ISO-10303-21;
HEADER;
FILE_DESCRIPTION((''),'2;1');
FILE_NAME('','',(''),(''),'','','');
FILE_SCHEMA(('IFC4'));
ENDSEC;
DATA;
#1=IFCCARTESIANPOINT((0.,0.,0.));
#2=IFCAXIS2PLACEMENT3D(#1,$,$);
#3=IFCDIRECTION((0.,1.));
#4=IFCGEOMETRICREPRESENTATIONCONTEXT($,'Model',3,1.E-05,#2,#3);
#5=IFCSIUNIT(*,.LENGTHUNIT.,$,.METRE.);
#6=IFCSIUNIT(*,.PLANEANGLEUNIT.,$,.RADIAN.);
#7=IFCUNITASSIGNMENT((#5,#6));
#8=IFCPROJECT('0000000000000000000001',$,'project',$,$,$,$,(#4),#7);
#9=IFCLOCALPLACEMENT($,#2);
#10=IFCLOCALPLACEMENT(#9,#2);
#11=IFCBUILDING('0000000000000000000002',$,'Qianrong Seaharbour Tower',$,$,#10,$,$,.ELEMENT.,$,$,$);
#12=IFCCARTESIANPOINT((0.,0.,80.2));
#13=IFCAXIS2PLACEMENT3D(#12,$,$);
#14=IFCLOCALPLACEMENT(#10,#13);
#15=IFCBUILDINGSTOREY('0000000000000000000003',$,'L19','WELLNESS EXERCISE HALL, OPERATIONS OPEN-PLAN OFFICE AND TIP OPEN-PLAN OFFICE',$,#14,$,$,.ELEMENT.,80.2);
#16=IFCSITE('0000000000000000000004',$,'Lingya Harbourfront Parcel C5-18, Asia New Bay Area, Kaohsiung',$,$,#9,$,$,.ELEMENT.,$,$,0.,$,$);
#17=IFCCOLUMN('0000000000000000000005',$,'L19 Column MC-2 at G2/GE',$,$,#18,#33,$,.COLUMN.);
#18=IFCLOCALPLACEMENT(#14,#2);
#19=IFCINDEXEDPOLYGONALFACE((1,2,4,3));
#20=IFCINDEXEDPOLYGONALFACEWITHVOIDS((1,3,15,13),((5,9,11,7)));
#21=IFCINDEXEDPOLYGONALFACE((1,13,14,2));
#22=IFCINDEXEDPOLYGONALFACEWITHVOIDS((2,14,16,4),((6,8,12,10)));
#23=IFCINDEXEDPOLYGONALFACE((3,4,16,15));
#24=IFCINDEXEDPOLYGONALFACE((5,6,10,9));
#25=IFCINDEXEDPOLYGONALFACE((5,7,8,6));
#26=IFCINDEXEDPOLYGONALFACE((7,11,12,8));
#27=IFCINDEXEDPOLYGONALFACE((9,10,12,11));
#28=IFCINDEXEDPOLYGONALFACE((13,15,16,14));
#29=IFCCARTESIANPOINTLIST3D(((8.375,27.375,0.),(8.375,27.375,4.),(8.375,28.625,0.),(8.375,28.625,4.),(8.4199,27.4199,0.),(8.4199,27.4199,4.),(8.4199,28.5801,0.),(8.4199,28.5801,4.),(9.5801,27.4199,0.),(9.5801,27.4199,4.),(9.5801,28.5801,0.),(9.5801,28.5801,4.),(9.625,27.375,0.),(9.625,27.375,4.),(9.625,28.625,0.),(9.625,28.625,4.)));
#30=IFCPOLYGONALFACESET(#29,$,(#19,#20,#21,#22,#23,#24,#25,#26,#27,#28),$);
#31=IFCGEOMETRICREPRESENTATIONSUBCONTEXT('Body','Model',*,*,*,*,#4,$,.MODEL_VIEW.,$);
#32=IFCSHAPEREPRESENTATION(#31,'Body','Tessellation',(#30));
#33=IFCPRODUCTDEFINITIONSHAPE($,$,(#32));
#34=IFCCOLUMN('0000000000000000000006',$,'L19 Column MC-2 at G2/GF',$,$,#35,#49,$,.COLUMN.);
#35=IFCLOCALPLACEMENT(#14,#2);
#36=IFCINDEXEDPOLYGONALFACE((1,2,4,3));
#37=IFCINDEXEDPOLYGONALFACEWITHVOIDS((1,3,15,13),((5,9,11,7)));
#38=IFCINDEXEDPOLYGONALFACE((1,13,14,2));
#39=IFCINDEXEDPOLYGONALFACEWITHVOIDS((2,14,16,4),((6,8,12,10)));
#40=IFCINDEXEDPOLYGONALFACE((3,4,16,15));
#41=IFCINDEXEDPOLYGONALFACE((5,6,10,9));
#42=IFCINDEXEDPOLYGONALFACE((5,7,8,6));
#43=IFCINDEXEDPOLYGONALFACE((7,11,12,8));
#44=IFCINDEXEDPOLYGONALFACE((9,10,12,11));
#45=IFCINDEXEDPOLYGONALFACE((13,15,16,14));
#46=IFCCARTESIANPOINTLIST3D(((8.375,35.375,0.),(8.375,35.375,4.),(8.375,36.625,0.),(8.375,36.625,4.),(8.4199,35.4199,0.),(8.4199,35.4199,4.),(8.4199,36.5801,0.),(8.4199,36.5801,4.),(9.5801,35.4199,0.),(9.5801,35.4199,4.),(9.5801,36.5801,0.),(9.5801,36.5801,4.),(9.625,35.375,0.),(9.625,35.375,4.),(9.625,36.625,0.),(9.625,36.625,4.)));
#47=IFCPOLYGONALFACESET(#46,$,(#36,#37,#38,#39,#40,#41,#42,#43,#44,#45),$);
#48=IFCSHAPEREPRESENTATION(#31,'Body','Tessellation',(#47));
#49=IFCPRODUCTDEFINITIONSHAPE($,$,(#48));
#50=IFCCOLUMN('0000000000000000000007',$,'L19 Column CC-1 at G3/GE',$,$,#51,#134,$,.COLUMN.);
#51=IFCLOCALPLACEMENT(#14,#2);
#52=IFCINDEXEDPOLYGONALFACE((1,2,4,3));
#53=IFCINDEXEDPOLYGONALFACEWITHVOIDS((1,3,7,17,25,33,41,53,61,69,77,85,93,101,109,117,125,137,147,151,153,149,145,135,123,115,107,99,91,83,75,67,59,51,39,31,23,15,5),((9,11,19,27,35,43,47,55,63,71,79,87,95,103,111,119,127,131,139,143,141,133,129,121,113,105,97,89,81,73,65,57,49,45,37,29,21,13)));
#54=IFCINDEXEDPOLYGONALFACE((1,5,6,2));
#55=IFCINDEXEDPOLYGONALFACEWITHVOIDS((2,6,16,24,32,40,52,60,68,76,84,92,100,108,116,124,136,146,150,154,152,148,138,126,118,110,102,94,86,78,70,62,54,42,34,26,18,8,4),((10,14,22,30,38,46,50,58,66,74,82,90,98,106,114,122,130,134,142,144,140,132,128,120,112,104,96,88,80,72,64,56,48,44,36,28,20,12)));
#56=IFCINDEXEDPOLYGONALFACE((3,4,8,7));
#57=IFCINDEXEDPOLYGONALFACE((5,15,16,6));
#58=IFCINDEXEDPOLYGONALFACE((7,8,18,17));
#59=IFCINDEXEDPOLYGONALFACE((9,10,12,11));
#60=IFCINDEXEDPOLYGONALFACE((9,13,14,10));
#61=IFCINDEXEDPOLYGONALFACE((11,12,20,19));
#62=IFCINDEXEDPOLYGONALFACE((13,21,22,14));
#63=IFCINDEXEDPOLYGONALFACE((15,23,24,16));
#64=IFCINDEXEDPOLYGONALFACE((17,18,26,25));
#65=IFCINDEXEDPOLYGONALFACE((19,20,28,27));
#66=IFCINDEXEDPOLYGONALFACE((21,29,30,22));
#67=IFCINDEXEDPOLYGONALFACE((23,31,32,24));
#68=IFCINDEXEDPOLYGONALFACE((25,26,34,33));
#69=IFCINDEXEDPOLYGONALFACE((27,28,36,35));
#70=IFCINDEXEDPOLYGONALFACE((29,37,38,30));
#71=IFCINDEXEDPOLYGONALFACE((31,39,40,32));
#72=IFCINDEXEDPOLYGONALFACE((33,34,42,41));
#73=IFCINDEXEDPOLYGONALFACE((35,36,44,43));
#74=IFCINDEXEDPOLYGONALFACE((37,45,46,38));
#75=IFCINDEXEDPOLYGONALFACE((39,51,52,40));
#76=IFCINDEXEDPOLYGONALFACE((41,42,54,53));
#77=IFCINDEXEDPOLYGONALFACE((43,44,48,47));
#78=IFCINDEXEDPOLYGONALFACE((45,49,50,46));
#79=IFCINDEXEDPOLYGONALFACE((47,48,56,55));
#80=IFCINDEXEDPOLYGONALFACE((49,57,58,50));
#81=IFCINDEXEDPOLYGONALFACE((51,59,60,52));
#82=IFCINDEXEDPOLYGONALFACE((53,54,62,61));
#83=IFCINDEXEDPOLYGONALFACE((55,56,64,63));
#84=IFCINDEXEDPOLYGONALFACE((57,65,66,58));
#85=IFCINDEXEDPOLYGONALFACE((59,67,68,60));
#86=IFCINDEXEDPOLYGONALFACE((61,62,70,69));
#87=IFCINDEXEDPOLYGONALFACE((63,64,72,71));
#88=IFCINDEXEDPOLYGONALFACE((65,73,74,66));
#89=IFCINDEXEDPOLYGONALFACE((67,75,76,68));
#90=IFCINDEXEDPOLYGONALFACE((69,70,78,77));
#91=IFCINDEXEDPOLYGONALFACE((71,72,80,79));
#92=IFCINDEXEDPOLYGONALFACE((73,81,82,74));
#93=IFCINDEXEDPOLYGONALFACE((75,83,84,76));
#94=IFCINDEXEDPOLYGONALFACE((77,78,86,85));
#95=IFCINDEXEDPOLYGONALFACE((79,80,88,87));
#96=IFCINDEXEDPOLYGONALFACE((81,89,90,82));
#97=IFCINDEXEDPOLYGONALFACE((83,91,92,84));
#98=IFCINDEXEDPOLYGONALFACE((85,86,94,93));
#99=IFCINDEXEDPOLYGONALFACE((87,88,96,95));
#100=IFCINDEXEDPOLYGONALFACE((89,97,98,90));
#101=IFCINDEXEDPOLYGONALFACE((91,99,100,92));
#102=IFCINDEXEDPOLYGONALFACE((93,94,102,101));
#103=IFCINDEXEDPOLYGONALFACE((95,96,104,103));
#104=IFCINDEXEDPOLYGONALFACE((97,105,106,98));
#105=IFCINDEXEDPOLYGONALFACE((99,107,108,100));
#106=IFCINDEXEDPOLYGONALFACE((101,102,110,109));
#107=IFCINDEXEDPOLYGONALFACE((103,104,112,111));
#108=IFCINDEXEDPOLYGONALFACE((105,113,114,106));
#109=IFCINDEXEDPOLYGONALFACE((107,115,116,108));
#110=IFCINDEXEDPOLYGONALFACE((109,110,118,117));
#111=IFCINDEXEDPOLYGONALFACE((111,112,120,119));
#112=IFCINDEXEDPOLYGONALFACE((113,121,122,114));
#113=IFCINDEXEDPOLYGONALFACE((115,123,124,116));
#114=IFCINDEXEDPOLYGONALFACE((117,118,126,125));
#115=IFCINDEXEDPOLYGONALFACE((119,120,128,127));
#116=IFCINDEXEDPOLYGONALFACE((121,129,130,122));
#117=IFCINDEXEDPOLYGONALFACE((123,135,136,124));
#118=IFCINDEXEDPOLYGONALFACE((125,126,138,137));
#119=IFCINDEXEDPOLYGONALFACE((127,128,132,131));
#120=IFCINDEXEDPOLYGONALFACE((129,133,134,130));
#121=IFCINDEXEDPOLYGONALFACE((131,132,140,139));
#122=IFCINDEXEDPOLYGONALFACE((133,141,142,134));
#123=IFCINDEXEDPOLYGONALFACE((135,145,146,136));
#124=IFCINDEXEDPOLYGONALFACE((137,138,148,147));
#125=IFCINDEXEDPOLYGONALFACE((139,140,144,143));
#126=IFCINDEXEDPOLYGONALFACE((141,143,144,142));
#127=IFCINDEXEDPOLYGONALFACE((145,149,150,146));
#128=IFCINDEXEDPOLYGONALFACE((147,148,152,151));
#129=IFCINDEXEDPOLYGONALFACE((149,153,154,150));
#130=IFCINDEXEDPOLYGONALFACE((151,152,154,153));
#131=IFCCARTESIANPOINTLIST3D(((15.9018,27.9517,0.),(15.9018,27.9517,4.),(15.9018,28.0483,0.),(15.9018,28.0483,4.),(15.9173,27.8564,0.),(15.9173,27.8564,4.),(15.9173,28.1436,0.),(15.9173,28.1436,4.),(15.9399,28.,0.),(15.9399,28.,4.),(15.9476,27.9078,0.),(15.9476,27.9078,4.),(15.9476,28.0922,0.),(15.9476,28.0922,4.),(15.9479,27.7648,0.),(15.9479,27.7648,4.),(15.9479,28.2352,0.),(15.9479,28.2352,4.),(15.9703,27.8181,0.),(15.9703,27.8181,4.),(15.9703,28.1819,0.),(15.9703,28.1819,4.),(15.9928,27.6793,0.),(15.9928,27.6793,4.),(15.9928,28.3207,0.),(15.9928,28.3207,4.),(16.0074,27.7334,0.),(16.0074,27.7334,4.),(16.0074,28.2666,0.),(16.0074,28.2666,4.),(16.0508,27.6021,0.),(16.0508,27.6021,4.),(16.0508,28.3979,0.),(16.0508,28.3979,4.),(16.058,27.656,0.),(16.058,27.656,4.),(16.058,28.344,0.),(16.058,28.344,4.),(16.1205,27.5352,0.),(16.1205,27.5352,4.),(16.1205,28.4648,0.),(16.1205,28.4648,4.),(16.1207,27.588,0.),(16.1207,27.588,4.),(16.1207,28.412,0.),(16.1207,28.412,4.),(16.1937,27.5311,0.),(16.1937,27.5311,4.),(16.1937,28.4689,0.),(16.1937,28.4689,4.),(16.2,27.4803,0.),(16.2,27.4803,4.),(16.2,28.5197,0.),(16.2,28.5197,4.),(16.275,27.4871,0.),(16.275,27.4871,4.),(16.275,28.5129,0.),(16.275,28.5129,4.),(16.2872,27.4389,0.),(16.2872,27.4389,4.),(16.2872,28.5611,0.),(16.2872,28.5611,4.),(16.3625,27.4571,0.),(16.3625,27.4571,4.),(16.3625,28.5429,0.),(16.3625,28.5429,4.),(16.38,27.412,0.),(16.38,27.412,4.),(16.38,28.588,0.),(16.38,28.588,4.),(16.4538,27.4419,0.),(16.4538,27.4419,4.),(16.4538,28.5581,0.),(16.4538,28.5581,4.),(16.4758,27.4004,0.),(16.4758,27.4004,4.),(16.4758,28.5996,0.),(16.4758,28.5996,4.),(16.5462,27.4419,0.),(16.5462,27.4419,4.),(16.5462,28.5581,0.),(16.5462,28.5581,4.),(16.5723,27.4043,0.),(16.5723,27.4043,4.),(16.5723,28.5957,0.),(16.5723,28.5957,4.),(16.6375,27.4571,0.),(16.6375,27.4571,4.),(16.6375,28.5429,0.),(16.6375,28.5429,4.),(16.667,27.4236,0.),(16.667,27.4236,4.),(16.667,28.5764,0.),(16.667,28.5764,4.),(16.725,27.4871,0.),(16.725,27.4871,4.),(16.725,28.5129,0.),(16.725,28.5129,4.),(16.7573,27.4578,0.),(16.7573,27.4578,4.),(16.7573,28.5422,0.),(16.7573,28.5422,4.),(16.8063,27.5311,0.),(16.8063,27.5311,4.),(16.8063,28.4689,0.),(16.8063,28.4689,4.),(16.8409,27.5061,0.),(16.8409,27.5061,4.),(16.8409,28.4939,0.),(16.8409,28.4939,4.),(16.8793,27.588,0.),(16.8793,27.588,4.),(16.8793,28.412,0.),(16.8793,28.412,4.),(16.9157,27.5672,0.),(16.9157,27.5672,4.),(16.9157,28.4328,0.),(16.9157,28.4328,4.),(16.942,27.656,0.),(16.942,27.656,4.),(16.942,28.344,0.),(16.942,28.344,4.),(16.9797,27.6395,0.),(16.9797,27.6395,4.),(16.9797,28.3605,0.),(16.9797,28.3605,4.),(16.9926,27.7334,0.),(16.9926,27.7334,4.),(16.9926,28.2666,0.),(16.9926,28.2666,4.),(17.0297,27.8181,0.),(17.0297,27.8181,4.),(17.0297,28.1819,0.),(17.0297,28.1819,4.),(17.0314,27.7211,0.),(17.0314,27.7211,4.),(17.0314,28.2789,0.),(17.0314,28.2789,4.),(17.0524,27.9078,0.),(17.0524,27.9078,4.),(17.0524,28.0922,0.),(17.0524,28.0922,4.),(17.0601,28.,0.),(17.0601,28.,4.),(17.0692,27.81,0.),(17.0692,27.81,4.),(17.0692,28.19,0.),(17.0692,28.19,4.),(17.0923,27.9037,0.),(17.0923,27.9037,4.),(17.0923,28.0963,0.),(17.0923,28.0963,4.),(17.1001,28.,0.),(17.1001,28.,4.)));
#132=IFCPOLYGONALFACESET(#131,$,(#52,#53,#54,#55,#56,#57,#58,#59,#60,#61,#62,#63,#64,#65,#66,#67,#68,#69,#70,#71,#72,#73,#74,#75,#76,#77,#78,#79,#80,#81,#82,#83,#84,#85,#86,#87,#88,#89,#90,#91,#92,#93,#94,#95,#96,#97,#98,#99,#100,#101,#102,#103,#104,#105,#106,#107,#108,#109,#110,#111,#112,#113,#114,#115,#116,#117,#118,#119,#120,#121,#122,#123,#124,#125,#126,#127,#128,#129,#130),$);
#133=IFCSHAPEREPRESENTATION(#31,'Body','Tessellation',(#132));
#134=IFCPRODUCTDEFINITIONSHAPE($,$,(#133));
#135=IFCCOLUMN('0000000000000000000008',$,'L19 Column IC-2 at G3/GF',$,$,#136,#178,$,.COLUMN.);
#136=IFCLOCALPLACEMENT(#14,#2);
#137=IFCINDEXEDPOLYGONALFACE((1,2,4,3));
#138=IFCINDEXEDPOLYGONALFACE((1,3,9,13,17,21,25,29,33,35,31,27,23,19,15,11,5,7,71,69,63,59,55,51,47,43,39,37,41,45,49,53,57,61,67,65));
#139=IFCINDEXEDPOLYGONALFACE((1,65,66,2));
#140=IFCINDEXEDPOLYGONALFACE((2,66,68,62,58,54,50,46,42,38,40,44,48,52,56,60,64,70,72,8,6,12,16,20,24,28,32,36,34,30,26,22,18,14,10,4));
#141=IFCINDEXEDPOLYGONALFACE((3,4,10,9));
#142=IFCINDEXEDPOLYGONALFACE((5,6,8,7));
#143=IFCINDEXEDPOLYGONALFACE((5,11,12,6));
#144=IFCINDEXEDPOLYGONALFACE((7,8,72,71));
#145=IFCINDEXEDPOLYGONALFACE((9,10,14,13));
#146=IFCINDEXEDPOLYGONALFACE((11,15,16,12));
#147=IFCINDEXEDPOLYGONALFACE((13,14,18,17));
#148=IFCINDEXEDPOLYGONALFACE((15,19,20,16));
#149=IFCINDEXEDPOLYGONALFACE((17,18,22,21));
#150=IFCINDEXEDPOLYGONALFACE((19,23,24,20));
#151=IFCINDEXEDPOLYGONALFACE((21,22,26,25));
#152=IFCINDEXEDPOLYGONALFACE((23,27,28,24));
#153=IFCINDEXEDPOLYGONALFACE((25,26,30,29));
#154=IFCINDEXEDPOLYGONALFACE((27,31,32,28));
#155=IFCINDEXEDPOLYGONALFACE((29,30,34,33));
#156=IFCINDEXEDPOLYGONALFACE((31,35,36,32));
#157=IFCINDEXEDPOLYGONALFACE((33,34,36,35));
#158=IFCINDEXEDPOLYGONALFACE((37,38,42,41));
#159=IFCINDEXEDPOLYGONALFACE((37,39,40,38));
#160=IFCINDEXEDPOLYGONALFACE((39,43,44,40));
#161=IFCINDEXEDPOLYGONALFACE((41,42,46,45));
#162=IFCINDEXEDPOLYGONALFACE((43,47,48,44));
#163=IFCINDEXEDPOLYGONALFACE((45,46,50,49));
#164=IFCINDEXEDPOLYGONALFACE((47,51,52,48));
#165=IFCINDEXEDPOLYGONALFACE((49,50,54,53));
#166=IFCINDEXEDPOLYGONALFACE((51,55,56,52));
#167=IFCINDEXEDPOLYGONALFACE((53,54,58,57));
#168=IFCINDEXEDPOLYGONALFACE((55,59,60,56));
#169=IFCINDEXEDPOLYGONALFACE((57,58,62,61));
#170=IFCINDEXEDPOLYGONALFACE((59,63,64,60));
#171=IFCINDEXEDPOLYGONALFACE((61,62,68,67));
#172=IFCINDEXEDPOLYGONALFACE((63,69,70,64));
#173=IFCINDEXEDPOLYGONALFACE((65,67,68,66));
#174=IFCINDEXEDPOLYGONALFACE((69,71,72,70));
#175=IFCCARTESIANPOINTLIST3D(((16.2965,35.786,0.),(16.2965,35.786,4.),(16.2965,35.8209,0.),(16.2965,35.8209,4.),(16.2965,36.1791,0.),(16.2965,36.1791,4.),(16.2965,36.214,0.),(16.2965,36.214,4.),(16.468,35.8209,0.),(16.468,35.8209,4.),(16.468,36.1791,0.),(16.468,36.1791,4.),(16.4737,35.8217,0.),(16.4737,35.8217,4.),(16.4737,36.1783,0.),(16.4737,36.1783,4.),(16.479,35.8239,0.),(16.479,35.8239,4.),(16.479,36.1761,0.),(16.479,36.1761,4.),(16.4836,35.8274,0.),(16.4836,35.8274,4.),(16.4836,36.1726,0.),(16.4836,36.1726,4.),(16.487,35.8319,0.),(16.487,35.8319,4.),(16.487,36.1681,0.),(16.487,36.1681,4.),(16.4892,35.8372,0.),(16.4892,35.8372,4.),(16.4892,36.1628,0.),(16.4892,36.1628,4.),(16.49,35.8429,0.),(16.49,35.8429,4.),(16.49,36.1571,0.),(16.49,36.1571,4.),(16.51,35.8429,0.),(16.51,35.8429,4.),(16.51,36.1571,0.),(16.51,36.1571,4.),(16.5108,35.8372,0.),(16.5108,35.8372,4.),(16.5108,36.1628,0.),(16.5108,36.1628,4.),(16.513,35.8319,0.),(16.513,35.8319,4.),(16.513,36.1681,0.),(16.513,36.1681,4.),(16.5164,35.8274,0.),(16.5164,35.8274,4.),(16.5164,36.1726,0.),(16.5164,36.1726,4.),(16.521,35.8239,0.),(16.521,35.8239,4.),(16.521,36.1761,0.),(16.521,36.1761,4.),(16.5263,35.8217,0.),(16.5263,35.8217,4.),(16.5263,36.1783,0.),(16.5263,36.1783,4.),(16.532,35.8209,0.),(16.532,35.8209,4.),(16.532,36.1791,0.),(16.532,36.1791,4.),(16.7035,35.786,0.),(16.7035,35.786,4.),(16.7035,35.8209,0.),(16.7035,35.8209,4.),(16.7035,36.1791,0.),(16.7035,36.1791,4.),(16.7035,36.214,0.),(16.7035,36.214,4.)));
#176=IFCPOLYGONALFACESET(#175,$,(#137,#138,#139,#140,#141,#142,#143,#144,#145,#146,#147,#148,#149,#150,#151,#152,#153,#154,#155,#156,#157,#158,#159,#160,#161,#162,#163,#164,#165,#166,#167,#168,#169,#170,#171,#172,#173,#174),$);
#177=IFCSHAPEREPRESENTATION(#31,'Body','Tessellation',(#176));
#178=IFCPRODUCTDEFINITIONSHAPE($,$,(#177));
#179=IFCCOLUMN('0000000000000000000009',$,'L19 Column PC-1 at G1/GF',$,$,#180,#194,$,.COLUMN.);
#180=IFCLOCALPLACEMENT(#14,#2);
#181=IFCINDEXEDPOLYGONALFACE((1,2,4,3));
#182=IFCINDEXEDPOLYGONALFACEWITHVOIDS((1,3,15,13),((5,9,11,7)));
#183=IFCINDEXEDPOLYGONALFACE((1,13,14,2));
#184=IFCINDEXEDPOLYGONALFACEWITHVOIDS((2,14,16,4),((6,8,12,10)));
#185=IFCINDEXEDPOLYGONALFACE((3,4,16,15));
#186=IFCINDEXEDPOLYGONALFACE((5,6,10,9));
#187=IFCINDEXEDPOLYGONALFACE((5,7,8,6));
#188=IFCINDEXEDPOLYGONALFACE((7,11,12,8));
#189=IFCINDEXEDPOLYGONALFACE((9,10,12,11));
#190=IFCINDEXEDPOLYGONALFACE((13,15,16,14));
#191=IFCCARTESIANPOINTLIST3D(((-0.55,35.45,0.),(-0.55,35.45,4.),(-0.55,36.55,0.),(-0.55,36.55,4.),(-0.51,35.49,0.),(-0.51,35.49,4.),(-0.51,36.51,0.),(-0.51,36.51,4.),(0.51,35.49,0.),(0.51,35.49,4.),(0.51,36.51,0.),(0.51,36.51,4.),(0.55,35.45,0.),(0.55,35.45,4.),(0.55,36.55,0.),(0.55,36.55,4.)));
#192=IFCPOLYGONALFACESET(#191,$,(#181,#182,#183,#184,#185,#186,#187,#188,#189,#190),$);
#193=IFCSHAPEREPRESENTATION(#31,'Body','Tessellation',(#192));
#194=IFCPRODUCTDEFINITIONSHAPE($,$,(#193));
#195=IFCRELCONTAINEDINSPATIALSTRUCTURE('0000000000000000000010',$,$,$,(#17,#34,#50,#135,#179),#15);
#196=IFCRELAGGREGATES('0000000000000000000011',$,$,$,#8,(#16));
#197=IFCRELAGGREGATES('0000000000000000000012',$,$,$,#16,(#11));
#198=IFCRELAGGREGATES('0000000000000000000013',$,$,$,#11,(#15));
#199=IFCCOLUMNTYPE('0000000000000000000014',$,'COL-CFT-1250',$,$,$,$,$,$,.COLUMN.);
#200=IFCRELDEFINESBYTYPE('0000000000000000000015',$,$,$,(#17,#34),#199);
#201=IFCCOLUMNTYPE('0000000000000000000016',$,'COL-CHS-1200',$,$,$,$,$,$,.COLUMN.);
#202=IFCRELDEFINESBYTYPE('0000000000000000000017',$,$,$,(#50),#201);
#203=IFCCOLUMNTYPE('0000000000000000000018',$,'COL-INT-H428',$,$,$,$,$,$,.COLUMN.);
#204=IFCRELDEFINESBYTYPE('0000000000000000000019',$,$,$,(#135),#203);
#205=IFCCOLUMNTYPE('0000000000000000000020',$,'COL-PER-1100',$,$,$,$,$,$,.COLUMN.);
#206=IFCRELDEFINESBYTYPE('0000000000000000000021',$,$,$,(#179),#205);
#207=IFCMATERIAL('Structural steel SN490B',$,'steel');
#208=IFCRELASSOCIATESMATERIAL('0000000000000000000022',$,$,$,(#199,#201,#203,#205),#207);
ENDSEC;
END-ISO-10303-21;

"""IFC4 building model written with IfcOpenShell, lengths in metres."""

from ifc_helpers import new_model, si_unit, direction, frame, origin, origin_2d, place, context, subcontext, project, spatial, hollow_rectangle, hollow_circle, i_section, extrude, material, material_profile, profile_set, type_object, element, save


model = new_model("IFC4")

# Units and contexts
model_context = context("Model", 3, precision=1e-05, world=origin(), true_north=direction((0.0, 1.0)))
body_context = subcontext(model_context, "Body", "Model", "MODEL_VIEW")
ifc_project = project(units=[si_unit("LENGTHUNIT", "METRE"), si_unit("PLANEANGLEUNIT", "RADIAN")], contexts=[model_context])

# Site, building, storey
site_placement = place(None, origin())
site = spatial("IfcSite", under=ifc_project, at=site_placement, Name="Lingya Harbourfront Parcel C5-18, Asia New Bay Area, Kaohsiung", CompositionType="ELEMENT", RefElevation=0.0)
building_placement = place(site_placement, origin())
building = spatial("IfcBuilding", under=site, at=building_placement, Name="Qianrong Seaharbour Tower", CompositionType="ELEMENT")
storey_placement = place(building_placement, frame((0.0, 0.0, 80.2)))
storey = spatial("IfcBuildingStorey", under=building, at=storey_placement, Name="L19", Description="WELLNESS EXERCISE HALL, OPERATIONS OPEN-PLAN OFFICE AND TIP OPEN-PLAN OFFICE", CompositionType="ELEMENT", Elevation=80.2)

# Columns
ifc_material_1 = material(Name="Structural steel SN490B", Category="steel")
ifc_material_profile_1 = material_profile(ifc_material_1, hollow_rectangle(XDim=1.25, YDim=1.25, WallThickness=0.0449, at=origin_2d()), Name="BOX1250x1250x45")
ifc_profile_set_1 = profile_set([ifc_material_profile_1], Name="Structural steel SN490B")
column_type_1 = type_object("IfcColumnType", Name="COL-CFT-1250", PredefinedType="COLUMN", material=ifc_profile_set_1)
for number, where, z_axis, x_axis, name in (
    (1, (9.0, 28.0, 0.0), (0.0, 0.0, 1.0), (1.0, 0.0, 0.0), "L19 Column MC-2 at G2/GE"),
    (2, (9.0, 36.0, 0.0), (0.0, 0.0, 1.0), (1.0, 0.0, 0.0), "L19 Column MC-2 at G2/GF"),
):
    element("IfcColumn", number, at=place(storey_placement, frame(where, z_axis=z_axis, x_axis=x_axis)), inside=storey, type_object=column_type_1, Name=name, PredefinedType="COLUMN", context=body_context, shape_type="SweptSolid", body=[
        extrude(hollow_rectangle(XDim=1.25, YDim=1.25, WallThickness=0.0449, at=origin_2d()), origin(), (0.0, 0.0, 1.0), 4.0),
    ])
ifc_material_profile_2 = material_profile(ifc_material_1, hollow_circle(Radius=0.6001, WallThickness=0.04, at=origin_2d()), Name="CHS1200x40")
ifc_profile_set_2 = profile_set([ifc_material_profile_2], Name="Structural steel SN490B")
column_type_2 = type_object("IfcColumnType", Name="COL-CHS-1200", PredefinedType="COLUMN", material=ifc_profile_set_2)
column_1_placement = place(storey_placement, frame((16.5, 28.0, 0.0), z_axis=(0.0, 0.0, 1.0), x_axis=(1.0, 0.0, 0.0)))
element("IfcColumn", 3, at=column_1_placement, inside=storey, type_object=column_type_2, Name="L19 Column CC-1 at G3/GE", PredefinedType="COLUMN", context=body_context, shape_type="SweptSolid", body=[
    extrude(hollow_circle(Radius=0.6001, WallThickness=0.04, at=origin_2d()), origin(), (0.0, 0.0, 1.0), 4.0),
])
ifc_material_profile_3 = material_profile(ifc_material_1, i_section(OverallWidth=0.407, OverallDepth=0.428, WebThickness=0.02, FlangeThickness=0.0349, FilletRadius=0.022, at=origin_2d()), Name="H428x407x20x35")
ifc_profile_set_3 = profile_set([ifc_material_profile_3], Name="Structural steel SN490B")
column_type_3 = type_object("IfcColumnType", Name="COL-INT-H428", PredefinedType="COLUMN", material=ifc_profile_set_3)
column_2_placement = place(storey_placement, frame((16.5, 36.0, 0.0), z_axis=(0.0, 0.0, 1.0), x_axis=(1.0, 0.0, 0.0)))
element("IfcColumn", 4, at=column_2_placement, inside=storey, type_object=column_type_3, Name="L19 Column IC-2 at G3/GF", PredefinedType="COLUMN", context=body_context, shape_type="SweptSolid", body=[
    extrude(i_section(OverallWidth=0.407, OverallDepth=0.428, WebThickness=0.02, FlangeThickness=0.0349, FilletRadius=0.022, at=origin_2d()), origin(), (0.0, 0.0, 1.0), 4.0),
])
ifc_material_profile_4 = material_profile(ifc_material_1, hollow_rectangle(XDim=1.1001, YDim=1.1001, WallThickness=0.04, at=origin_2d()), Name="BOX1100x1100x40")
ifc_profile_set_4 = profile_set([ifc_material_profile_4], Name="Structural steel SN490B")
column_type_4 = type_object("IfcColumnType", Name="COL-PER-1100", PredefinedType="COLUMN", material=ifc_profile_set_4)
column_3_placement = place(storey_placement, frame((0.0, 36.0, 0.0), z_axis=(0.0, 0.0, 1.0), x_axis=(1.0, 0.0, 0.0)))
element("IfcColumn", 5, at=column_3_placement, inside=storey, type_object=column_type_4, Name="L19 Column PC-1 at G1/GF", PredefinedType="COLUMN", context=body_context, shape_type="SweptSolid", body=[
    extrude(hollow_rectangle(XDim=1.1001, YDim=1.1001, WallThickness=0.04, at=origin_2d()), origin(), (0.0, 0.0, 1.0), 4.0),
])

save(model, "model.ifc")
